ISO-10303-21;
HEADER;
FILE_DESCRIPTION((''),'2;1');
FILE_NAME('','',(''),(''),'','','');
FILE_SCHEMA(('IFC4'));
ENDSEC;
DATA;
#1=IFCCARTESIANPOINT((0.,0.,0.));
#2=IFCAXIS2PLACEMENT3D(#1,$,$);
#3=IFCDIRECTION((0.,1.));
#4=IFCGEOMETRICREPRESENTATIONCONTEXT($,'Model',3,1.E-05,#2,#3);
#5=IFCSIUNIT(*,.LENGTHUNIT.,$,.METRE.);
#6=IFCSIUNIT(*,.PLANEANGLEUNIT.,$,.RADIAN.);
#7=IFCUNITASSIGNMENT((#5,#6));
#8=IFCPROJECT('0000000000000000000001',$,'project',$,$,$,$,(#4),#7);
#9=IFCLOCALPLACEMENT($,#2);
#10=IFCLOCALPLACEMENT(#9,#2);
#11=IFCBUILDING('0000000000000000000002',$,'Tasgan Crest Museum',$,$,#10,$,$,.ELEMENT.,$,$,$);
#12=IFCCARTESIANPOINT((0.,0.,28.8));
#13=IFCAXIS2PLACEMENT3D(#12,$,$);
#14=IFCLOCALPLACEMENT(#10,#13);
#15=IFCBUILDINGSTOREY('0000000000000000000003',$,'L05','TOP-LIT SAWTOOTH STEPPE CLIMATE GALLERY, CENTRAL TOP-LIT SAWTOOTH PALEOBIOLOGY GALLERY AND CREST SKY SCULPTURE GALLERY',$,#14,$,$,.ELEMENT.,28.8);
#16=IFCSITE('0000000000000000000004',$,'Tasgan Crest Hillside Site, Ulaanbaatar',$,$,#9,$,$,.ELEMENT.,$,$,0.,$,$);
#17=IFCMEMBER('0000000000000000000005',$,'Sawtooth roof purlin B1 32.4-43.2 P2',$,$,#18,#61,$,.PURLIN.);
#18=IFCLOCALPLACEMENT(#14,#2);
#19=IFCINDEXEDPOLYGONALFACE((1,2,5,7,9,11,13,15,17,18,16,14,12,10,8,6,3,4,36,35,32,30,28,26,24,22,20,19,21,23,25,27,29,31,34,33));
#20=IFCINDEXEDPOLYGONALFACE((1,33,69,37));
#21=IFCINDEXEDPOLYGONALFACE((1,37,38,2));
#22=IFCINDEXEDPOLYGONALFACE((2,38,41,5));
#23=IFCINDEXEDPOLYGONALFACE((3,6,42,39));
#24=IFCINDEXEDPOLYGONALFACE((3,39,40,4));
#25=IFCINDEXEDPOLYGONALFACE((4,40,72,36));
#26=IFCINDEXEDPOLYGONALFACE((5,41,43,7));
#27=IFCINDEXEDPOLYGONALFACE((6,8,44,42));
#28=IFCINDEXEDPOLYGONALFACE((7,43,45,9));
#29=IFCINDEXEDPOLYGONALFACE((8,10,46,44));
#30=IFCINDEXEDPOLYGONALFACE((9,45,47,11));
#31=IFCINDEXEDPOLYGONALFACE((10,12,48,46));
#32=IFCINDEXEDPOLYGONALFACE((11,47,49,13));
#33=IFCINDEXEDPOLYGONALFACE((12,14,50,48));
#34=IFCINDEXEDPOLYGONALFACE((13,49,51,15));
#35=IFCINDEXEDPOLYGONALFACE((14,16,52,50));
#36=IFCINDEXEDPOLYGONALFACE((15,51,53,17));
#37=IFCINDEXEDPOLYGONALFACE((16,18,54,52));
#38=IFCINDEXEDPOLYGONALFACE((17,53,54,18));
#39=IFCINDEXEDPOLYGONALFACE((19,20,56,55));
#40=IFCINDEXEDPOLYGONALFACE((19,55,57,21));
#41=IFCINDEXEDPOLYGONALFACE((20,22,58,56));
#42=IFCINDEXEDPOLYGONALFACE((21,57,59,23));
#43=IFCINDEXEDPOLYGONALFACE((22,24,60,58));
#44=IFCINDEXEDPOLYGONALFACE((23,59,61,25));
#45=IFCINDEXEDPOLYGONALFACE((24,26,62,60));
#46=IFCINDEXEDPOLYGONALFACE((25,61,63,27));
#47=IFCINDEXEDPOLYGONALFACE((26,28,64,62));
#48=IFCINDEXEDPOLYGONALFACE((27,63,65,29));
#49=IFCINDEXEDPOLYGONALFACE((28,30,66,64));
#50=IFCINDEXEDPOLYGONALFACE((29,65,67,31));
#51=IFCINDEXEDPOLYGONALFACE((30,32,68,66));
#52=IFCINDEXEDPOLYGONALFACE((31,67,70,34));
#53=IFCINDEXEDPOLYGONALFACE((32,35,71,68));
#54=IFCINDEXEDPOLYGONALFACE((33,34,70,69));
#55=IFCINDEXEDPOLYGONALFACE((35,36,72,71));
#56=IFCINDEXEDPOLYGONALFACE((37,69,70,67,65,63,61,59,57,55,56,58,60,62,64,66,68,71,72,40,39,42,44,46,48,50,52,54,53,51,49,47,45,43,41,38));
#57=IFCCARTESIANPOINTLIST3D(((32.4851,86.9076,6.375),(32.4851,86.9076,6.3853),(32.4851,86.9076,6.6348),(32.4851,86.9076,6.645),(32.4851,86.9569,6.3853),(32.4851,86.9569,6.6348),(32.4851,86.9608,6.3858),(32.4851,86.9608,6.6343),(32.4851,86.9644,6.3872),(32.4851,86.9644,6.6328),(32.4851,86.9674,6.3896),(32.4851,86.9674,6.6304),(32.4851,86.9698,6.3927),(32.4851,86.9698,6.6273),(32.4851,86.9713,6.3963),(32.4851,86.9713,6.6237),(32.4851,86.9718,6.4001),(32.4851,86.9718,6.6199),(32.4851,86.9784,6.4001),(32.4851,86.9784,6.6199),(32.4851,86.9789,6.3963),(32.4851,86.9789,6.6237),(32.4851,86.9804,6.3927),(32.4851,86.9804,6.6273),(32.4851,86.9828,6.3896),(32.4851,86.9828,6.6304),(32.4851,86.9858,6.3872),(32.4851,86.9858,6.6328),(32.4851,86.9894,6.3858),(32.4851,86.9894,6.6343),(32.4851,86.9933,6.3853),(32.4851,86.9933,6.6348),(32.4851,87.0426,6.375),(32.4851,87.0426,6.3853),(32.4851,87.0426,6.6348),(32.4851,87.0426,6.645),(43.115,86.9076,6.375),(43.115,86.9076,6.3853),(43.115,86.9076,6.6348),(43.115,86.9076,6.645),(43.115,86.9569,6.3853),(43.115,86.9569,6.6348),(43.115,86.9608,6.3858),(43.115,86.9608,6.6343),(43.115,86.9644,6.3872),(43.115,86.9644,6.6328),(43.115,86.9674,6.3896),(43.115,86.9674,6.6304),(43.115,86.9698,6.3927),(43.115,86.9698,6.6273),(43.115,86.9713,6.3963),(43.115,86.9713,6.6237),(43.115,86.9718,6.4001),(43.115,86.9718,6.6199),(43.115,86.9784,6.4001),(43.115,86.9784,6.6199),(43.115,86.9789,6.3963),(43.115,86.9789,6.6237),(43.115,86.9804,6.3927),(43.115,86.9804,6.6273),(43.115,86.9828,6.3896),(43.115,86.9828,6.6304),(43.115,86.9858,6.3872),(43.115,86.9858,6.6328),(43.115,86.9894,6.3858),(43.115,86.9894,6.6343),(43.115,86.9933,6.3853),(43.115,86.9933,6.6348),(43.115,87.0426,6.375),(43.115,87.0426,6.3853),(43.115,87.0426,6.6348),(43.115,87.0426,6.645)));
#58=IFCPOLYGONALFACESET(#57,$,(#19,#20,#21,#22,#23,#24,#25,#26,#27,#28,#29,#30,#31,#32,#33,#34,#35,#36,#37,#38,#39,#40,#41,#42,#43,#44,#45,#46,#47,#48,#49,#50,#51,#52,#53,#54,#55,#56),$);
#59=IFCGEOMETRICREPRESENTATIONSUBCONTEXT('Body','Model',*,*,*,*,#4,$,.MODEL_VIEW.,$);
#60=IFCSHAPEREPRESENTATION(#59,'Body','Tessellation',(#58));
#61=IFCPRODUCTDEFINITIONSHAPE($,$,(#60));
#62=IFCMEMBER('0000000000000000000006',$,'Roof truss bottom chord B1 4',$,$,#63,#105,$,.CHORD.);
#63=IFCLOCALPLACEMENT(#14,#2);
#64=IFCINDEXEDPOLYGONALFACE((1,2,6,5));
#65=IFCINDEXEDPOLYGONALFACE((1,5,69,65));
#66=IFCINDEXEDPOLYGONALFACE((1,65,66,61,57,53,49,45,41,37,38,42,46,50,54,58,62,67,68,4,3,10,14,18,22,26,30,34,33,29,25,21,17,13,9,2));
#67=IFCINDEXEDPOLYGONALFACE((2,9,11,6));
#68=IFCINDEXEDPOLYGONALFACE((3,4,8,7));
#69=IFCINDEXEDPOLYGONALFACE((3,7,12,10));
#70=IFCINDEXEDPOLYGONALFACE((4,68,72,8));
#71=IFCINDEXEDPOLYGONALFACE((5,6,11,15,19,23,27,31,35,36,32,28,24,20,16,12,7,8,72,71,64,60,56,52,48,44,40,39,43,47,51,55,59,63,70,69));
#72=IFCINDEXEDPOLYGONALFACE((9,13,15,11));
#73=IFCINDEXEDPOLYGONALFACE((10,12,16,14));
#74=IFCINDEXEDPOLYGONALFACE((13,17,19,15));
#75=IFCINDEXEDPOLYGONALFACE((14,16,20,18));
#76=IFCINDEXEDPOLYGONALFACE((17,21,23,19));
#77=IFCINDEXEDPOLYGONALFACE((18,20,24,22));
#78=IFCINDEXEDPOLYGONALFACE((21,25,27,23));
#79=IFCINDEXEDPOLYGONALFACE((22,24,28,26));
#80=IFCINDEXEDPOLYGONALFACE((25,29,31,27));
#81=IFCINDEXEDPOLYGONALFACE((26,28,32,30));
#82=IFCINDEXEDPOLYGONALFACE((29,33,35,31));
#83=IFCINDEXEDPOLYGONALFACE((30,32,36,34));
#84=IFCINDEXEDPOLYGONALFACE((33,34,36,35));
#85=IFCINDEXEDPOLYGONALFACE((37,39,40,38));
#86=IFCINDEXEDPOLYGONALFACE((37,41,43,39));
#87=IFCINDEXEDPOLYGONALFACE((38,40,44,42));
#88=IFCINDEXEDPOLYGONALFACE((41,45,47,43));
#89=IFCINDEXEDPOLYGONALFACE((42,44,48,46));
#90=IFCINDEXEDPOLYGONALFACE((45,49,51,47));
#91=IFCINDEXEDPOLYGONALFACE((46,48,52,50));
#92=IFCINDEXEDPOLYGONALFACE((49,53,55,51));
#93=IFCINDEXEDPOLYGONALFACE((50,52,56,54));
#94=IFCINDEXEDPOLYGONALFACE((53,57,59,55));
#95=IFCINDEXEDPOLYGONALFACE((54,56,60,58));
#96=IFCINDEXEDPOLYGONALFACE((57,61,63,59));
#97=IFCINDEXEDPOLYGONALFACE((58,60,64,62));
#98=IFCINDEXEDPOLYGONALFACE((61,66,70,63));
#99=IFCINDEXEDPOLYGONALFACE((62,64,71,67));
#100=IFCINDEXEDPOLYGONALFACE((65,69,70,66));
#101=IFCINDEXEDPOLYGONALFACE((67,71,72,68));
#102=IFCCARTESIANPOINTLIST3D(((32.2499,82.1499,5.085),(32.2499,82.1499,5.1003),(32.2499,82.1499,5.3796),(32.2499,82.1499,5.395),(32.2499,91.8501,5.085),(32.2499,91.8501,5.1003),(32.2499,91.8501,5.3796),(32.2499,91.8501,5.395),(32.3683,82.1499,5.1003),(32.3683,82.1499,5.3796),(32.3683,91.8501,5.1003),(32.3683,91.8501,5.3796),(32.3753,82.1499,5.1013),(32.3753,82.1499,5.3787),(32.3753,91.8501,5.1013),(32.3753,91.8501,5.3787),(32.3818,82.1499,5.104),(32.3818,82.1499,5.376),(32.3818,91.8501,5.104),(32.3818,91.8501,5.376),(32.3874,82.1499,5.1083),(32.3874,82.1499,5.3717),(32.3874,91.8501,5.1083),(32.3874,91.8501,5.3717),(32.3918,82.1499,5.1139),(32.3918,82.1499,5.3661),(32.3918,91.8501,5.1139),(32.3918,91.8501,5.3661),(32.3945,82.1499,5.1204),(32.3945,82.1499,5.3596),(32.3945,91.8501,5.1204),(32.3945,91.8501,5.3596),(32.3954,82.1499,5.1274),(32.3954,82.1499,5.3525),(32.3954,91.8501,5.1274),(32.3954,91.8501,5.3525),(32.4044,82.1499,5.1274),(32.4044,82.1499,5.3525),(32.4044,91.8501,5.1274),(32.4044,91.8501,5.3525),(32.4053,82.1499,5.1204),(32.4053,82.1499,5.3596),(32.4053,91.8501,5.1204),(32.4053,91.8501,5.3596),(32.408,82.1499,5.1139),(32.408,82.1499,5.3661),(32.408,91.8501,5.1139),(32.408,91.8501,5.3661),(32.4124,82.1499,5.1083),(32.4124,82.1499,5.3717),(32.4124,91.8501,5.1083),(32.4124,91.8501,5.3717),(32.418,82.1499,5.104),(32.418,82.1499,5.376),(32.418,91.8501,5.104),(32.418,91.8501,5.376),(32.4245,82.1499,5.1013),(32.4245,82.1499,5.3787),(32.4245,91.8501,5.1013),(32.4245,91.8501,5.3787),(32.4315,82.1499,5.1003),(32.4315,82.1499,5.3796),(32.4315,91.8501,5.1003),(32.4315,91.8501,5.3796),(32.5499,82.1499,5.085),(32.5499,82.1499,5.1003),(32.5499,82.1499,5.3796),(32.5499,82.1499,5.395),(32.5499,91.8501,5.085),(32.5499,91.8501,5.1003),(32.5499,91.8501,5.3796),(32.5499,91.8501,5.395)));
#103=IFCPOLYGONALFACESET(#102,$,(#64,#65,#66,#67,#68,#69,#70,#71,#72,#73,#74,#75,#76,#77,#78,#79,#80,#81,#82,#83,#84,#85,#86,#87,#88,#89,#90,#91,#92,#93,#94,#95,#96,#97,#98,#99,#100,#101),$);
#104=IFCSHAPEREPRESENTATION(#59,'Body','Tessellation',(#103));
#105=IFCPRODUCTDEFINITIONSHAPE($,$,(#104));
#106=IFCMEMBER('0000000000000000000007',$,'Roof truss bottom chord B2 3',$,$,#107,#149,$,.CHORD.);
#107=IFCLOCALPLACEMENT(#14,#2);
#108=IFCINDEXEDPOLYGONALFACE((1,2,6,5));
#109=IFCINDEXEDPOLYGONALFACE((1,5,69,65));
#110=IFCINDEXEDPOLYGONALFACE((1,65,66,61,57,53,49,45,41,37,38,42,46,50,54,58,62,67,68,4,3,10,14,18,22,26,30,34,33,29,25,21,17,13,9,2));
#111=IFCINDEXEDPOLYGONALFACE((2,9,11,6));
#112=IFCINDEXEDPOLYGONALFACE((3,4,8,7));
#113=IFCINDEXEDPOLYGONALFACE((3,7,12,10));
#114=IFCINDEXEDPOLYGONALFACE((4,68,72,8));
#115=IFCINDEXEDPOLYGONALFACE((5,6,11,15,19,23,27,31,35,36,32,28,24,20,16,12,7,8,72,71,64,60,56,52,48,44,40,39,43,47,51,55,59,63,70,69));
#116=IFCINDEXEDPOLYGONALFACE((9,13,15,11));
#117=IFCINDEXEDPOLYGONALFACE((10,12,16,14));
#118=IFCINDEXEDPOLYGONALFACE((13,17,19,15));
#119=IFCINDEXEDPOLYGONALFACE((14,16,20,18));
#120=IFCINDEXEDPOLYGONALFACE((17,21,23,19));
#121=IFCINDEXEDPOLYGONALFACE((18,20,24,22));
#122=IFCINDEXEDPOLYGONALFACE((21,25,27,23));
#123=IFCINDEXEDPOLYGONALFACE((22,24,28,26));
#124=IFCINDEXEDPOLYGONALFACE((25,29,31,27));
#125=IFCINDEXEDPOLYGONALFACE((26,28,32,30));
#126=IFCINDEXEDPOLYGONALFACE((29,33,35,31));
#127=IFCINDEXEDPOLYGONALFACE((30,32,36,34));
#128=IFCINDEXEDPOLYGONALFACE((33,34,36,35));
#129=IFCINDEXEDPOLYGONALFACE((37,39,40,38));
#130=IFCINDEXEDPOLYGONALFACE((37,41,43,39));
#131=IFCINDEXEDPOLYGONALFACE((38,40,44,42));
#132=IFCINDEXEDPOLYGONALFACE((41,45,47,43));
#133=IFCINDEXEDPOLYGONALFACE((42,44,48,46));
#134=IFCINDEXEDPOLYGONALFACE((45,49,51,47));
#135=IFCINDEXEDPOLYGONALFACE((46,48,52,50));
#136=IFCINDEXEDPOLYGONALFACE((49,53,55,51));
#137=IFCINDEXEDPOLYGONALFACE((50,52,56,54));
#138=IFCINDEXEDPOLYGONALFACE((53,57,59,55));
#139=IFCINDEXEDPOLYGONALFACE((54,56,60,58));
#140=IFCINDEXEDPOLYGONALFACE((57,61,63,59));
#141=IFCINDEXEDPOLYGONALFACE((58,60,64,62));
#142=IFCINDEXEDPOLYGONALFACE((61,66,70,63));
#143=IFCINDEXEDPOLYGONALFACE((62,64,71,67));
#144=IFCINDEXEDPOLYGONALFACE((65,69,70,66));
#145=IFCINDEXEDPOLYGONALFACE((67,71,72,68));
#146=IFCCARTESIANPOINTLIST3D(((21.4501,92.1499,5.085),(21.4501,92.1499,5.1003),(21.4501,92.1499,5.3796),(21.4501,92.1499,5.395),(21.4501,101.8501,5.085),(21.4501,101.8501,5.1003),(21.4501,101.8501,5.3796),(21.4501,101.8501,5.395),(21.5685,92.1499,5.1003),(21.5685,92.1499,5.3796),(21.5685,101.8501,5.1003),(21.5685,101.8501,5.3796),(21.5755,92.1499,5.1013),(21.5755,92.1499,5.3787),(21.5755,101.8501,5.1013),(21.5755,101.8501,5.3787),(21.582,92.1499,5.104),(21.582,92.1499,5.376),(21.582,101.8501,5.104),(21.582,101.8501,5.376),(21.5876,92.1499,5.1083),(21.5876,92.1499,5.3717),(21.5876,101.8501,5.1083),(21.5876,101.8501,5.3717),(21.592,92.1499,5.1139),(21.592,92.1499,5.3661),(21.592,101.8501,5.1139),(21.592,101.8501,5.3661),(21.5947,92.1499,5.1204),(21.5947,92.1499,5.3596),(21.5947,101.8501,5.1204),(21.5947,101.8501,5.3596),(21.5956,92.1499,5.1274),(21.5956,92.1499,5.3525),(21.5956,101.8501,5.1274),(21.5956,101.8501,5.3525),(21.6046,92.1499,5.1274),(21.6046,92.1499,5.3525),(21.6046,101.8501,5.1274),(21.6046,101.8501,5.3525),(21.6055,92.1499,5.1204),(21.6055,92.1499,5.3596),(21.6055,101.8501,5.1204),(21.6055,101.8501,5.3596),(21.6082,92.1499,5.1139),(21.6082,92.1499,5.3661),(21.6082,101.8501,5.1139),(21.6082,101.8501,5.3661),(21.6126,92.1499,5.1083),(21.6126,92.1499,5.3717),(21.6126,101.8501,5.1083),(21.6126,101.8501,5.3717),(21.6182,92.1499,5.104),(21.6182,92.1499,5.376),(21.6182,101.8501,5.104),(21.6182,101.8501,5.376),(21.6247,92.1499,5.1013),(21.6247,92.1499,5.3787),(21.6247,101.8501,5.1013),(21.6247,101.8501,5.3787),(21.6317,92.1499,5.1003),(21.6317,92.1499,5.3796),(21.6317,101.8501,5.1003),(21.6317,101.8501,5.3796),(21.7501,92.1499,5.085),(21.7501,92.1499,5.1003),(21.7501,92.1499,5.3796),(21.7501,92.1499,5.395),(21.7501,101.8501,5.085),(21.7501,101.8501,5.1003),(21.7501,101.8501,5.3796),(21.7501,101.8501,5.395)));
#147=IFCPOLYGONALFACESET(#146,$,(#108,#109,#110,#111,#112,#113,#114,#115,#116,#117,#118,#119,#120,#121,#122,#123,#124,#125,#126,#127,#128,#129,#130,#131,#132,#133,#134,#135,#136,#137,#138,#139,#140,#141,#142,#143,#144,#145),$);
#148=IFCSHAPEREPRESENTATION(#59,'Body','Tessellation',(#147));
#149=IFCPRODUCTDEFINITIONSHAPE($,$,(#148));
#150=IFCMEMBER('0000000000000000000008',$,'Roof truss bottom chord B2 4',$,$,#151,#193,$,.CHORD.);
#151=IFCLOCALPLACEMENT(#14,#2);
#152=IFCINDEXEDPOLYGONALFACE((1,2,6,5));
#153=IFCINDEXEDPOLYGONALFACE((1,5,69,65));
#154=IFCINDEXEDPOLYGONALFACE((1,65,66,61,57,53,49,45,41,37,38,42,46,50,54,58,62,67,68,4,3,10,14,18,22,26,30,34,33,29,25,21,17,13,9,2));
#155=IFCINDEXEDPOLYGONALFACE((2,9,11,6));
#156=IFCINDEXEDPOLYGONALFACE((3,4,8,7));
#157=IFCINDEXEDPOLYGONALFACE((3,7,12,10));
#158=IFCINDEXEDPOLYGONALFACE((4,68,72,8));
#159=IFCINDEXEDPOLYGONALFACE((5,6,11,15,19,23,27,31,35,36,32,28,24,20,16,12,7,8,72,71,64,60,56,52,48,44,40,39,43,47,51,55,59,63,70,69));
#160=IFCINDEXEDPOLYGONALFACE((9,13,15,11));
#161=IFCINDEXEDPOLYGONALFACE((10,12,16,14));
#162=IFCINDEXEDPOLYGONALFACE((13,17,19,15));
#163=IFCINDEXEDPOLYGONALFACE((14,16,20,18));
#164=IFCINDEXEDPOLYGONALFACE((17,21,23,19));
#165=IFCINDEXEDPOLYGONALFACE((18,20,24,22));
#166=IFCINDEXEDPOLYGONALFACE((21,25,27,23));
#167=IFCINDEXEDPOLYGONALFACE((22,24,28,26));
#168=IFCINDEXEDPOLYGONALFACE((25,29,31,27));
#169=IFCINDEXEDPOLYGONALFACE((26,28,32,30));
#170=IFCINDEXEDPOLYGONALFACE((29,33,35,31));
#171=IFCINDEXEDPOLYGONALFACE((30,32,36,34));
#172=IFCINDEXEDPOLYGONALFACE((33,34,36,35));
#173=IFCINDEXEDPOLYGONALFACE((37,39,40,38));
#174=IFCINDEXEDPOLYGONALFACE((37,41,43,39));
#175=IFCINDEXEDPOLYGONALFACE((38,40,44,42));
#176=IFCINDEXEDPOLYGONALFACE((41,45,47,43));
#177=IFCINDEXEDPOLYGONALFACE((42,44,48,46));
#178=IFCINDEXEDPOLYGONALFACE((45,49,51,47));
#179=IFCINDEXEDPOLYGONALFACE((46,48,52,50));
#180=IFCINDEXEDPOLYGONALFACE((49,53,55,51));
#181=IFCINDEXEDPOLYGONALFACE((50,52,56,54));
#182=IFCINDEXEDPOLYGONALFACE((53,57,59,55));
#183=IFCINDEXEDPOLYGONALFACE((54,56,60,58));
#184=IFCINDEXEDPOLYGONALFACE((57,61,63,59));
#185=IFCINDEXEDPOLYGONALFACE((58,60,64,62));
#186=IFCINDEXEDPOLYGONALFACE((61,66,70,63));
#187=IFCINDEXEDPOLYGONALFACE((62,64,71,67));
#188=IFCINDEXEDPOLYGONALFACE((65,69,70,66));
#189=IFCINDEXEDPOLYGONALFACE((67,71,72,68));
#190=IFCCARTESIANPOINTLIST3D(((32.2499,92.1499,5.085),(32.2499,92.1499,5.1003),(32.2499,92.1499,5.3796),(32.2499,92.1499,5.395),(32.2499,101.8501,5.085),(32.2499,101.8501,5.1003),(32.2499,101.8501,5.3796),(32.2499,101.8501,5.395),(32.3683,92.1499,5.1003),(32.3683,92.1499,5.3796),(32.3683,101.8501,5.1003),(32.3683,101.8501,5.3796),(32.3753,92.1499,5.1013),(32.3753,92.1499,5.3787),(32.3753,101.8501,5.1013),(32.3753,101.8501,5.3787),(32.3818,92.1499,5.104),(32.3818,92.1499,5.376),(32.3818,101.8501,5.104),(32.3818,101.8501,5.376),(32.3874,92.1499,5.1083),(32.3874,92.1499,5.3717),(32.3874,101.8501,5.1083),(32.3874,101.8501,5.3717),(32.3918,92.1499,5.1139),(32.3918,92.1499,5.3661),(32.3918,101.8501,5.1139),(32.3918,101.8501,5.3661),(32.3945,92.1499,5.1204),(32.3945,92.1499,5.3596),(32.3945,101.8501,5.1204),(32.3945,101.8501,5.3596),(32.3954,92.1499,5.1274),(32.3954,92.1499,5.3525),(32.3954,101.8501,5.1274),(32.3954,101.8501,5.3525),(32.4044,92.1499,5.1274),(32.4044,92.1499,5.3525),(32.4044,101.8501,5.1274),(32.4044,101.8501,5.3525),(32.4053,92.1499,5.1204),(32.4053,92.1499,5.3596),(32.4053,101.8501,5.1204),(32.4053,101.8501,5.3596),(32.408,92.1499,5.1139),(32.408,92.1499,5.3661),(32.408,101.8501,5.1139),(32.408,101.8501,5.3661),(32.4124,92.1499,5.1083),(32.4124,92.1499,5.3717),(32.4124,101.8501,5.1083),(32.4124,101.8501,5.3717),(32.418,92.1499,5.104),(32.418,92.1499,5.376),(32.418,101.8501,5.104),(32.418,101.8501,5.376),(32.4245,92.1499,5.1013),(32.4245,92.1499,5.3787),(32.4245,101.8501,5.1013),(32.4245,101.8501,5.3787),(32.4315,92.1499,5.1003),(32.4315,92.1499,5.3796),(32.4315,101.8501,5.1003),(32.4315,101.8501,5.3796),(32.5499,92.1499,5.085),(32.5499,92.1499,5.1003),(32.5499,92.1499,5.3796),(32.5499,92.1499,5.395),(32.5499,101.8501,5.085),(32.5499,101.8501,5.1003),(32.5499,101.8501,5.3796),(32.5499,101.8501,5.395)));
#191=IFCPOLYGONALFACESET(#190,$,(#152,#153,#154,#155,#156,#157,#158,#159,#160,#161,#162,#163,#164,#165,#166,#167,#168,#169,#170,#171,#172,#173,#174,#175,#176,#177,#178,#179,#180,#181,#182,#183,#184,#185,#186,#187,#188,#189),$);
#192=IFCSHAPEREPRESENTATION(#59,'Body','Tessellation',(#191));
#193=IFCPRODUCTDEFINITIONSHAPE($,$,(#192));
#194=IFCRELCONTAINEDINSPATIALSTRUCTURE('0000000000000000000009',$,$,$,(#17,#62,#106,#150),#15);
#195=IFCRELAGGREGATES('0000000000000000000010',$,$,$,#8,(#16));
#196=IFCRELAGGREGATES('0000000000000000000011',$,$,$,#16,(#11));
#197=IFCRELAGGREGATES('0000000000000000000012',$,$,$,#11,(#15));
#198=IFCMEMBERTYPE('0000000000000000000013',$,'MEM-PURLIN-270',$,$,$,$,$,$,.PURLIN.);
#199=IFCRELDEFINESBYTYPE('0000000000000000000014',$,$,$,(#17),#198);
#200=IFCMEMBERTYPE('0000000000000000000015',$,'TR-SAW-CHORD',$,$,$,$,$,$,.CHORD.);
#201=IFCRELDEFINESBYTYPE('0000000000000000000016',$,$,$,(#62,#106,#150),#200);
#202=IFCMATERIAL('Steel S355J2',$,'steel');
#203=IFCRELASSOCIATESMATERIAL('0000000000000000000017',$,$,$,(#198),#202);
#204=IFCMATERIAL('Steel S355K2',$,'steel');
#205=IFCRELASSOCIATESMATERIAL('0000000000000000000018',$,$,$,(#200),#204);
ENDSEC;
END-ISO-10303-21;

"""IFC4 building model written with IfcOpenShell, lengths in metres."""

from ifc_helpers import new_model, si_unit, direction, frame, origin, origin_2d, place, context, subcontext, project, spatial, i_section, extrude, material, material_profile, profile_set, type_object, element, save


model = new_model("IFC4")

# Units and contexts
model_context = context("Model", 3, precision=1e-05, world=origin(), true_north=direction((0.0, 1.0)))
body_context = subcontext(model_context, "Body", "Model", "MODEL_VIEW")
ifc_project = project(units=[si_unit("LENGTHUNIT", "METRE"), si_unit("PLANEANGLEUNIT", "RADIAN")], contexts=[model_context])

# Site, building, storey
site_placement = place(None, origin())
site = spatial("IfcSite", under=ifc_project, at=site_placement, Name="Tasgan Crest Hillside Site, Ulaanbaatar", CompositionType="ELEMENT", RefElevation=0.0)
building_placement = place(site_placement, origin())
building = spatial("IfcBuilding", under=site, at=building_placement, Name="Tasgan Crest Museum", CompositionType="ELEMENT")
storey_placement = place(building_placement, frame((0.0, 0.0, 28.8)))
storey = spatial("IfcBuildingStorey", under=building, at=storey_placement, Name="L05", Description="TOP-LIT SAWTOOTH STEPPE CLIMATE GALLERY, CENTRAL TOP-LIT SAWTOOTH PALEOBIOLOGY GALLERY AND CREST SKY SCULPTURE GALLERY", CompositionType="ELEMENT", Elevation=28.8)

# Members
ifc_material_1 = material(Name="Steel S355J2", Category="steel")
ifc_material_profile_1 = material_profile(ifc_material_1, i_section(OverallWidth=0.135, OverallDepth=0.27, WebThickness=0.0066, FlangeThickness=0.0103, FilletRadius=0.0149, at=origin_2d()), Name="IPE 270")
ifc_profile_set_1 = profile_set([ifc_material_profile_1], Name="Steel S355J2")
member_type_1 = type_object("IfcMemberType", Name="MEM-PURLIN-270", PredefinedType="PURLIN", material=ifc_profile_set_1)
for number, where, z_axis, x_axis, name in (
    (1, (32.4851, 86.9751, 6.51), (1.0, 0.0, 0.0), (0.0, 1.0, 0.0), "Sawtooth roof purlin B1 32.4-43.2 P2"),
):
    element("IfcMember", number, at=place(storey_placement, frame(where, z_axis=z_axis, x_axis=x_axis)), inside=storey, type_object=member_type_1, Name=name, PredefinedType="PURLIN", context=body_context, shape_type="SweptSolid", body=[
        extrude(i_section(OverallWidth=0.135, OverallDepth=0.27, WebThickness=0.0066, FlangeThickness=0.0103, FilletRadius=0.0149, at=origin_2d()), origin(), (0.0, 0.0, 1.0), 10.6299),
    ])
ifc_material_2 = material(Name="Steel S355K2", Category="steel")
ifc_material_profile_2 = material_profile(ifc_material_2, i_section(OverallWidth=0.3, OverallDepth=0.3101, WebThickness=0.009, FlangeThickness=0.0154, FilletRadius=0.0271, at=origin_2d()), Name="HEA 320")
ifc_profile_set_2 = profile_set([ifc_material_profile_2], Name="Steel S355K2")
member_type_2 = type_object("IfcMemberType", Name="TR-SAW-CHORD", PredefinedType="CHORD", material=ifc_profile_set_2)
for number, where, z_axis, x_axis, name in (
    (2, (32.3999, 82.1499, 5.24), (0.0, 1.0, 0.0), (-1.0, 0.0, 0.0), "Roof truss bottom chord B1 4"),
    (3, (21.6001, 92.1499, 5.24), (0.0, 1.0, 0.0), (-1.0, 0.0, 0.0), "Roof truss bottom chord B2 3"),
    (4, (32.3999, 92.1499, 5.24), (0.0, 1.0, 0.0), (-1.0, 0.0, 0.0), "Roof truss bottom chord B2 4"),
):
    element("IfcMember", number, at=place(storey_placement, frame(where, z_axis=z_axis, x_axis=x_axis)), inside=storey, type_object=member_type_2, Name=name, PredefinedType="CHORD", context=body_context, shape_type="SweptSolid", body=[
        extrude(i_section(OverallWidth=0.3, OverallDepth=0.3101, WebThickness=0.009, FlangeThickness=0.0154, FilletRadius=0.0271, at=origin_2d()), origin(), (0.0, 0.0, 1.0), 9.7002),
    ])

save(model, "model.ifc")
